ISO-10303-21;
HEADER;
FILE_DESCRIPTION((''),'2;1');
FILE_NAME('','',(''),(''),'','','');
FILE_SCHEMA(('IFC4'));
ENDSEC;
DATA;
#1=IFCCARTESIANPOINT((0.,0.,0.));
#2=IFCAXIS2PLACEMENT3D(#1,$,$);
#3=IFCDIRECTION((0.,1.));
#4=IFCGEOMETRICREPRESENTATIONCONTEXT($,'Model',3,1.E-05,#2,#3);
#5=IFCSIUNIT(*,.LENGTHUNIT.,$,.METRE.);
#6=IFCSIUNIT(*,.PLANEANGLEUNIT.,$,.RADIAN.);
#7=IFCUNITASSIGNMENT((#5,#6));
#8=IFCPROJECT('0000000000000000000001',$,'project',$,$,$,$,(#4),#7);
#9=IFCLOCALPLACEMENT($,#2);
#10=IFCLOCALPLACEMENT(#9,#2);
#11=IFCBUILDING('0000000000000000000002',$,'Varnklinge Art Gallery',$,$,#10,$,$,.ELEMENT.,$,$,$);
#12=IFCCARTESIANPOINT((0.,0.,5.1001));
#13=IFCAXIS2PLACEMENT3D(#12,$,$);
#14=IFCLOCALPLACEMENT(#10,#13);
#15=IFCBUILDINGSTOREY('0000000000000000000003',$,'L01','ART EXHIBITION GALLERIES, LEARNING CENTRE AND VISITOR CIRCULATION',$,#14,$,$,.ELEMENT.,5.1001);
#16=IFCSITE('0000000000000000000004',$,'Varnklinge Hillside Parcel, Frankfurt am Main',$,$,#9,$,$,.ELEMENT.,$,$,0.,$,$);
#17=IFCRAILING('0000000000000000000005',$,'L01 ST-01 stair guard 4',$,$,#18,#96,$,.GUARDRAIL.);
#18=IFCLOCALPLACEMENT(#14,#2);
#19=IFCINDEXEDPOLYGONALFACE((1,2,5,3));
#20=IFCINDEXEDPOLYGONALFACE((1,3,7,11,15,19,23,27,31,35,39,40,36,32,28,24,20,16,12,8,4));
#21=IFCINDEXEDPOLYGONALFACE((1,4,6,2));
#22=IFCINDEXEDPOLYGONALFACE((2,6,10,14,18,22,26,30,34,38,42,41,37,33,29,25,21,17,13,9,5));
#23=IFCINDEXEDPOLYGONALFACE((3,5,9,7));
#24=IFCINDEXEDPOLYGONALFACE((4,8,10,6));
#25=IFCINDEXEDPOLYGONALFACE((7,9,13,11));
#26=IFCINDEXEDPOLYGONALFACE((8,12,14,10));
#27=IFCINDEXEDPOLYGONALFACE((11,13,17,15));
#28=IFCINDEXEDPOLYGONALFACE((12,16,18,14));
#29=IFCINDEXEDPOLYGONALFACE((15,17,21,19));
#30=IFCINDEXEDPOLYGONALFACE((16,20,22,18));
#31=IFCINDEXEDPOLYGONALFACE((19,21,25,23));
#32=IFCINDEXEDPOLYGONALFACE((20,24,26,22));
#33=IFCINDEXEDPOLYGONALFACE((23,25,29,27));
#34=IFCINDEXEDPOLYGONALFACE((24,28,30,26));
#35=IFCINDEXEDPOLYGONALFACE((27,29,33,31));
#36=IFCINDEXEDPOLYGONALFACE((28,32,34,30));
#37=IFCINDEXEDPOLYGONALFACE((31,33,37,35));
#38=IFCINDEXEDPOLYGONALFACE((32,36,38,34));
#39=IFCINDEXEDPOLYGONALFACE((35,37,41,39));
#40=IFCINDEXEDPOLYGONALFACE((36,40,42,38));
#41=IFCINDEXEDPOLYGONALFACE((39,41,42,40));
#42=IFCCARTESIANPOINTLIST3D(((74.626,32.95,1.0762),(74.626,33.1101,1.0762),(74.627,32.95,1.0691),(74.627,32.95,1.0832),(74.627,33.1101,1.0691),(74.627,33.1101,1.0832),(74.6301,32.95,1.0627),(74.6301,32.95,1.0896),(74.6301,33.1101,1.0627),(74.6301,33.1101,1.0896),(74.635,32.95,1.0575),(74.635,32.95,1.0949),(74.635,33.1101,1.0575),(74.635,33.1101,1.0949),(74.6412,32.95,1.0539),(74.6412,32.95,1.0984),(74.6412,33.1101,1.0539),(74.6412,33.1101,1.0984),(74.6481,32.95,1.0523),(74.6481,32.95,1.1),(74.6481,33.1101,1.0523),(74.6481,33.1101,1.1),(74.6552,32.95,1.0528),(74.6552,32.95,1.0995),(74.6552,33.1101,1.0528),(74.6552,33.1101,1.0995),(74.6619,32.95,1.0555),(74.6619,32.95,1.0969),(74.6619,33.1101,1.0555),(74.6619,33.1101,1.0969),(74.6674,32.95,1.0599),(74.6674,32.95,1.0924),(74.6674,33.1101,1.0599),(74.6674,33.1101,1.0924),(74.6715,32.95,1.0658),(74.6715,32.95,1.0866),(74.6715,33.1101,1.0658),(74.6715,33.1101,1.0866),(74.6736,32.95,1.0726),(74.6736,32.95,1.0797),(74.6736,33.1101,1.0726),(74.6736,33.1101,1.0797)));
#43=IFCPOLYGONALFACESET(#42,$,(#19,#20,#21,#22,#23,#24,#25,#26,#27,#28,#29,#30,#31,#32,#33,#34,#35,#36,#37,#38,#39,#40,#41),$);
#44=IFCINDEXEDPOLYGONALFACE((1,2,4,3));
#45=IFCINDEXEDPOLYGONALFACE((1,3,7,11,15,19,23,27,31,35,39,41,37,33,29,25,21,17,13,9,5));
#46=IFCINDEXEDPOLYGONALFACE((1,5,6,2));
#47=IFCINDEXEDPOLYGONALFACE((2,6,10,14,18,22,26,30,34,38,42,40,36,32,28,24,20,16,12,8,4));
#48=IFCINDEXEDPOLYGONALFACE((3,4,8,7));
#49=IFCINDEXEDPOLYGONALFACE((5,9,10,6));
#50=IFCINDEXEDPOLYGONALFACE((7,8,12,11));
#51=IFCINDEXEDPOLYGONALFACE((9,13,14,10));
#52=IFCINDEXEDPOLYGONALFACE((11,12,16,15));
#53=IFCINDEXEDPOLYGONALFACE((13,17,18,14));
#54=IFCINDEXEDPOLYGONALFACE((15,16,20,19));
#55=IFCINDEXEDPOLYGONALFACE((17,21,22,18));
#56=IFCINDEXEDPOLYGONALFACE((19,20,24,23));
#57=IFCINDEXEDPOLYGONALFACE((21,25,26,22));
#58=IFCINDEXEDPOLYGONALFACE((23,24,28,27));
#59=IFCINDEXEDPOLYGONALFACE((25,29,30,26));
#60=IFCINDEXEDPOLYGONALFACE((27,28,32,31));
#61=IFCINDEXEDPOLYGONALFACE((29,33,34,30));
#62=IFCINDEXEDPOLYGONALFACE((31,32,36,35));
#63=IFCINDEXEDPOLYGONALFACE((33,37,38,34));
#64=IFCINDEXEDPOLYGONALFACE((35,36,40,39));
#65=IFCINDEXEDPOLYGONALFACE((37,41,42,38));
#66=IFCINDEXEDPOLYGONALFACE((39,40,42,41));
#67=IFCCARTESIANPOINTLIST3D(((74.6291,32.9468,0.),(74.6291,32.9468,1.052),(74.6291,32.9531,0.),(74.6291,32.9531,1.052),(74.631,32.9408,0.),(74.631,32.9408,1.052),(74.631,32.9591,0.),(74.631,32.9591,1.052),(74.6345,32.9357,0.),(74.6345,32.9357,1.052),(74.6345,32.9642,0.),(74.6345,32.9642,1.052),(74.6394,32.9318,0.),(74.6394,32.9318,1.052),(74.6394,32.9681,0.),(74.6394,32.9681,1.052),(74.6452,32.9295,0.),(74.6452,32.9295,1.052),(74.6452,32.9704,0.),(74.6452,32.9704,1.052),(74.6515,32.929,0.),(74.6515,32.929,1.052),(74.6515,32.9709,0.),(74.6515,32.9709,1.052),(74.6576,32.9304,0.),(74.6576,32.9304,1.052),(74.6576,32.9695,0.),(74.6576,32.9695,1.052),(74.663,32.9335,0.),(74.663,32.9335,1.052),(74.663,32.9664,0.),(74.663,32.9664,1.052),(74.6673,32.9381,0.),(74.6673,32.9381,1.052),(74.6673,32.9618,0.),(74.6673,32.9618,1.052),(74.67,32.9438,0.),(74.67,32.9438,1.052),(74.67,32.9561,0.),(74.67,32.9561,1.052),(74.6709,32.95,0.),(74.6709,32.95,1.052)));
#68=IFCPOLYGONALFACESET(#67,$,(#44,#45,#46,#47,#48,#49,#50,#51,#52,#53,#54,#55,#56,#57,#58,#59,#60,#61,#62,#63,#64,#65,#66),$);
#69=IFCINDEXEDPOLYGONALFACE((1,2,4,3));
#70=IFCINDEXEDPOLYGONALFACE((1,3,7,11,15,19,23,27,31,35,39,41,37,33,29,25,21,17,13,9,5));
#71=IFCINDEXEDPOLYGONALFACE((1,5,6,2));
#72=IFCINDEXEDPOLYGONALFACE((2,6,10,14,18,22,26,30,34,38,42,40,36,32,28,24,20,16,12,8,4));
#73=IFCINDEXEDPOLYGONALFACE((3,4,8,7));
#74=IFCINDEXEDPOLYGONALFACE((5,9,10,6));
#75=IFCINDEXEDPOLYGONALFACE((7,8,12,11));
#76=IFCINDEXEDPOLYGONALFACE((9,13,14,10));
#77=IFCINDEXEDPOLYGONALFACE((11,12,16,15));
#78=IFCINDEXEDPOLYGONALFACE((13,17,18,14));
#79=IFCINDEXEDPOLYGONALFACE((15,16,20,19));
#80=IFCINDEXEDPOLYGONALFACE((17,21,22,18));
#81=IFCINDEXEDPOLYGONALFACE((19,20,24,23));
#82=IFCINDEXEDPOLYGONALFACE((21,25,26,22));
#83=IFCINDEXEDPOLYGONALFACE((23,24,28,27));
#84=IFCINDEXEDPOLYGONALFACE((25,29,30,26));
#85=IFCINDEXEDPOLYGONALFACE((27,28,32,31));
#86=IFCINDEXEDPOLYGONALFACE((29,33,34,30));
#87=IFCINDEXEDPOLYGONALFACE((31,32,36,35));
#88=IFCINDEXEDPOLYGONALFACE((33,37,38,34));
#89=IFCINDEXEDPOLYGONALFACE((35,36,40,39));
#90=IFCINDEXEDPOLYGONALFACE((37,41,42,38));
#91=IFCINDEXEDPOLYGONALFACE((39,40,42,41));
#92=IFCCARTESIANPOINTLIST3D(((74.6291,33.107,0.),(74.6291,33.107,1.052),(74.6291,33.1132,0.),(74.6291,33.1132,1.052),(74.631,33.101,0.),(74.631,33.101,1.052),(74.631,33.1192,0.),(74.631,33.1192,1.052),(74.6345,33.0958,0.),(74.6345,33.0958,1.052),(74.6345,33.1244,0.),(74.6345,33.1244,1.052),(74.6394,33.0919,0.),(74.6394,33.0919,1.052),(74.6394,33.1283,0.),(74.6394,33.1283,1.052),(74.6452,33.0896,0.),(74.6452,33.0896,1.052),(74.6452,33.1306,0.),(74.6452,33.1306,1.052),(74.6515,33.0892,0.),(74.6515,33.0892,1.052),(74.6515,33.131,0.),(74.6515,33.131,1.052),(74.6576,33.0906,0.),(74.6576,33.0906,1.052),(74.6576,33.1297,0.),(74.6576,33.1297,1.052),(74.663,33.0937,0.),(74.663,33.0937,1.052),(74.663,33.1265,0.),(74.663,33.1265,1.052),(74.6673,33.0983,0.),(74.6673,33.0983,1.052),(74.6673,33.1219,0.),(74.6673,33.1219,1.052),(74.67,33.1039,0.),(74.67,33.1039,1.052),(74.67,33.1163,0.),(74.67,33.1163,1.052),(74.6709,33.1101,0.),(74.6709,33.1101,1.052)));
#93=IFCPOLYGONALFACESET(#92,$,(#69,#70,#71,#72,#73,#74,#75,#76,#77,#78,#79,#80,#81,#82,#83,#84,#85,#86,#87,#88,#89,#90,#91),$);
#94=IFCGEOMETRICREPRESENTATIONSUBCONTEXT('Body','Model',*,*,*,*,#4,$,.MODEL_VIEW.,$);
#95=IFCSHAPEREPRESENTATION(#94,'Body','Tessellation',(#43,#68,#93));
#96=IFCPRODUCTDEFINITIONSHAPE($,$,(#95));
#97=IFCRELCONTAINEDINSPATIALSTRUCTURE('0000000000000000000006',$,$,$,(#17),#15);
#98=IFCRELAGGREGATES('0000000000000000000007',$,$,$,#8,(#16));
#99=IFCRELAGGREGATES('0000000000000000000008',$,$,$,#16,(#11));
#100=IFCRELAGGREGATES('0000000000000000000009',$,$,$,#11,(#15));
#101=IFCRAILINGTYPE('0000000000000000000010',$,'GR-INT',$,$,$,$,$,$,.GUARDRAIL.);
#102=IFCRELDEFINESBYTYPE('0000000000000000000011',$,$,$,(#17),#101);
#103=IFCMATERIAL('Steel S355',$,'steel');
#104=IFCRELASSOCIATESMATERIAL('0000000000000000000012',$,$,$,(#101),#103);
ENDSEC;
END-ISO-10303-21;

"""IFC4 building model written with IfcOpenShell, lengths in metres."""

from ifc_helpers import new_model, si_unit, direction, frame, origin, origin_2d, place, context, subcontext, project, spatial, circle, extrude, material, type_object, element, save


model = new_model("IFC4")

# Units and contexts
model_context = context("Model", 3, precision=1e-05, world=origin(), true_north=direction((0.0, 1.0)))
body_context = subcontext(model_context, "Body", "Model", "MODEL_VIEW")
ifc_project = project(units=[si_unit("LENGTHUNIT", "METRE"), si_unit("PLANEANGLEUNIT", "RADIAN")], contexts=[model_context])

# Site, building, storey
site_placement = place(None, origin())
site = spatial("IfcSite", under=ifc_project, at=site_placement, Name="Varnklinge Hillside Parcel, Frankfurt am Main", CompositionType="ELEMENT", RefElevation=0.0)
building_placement = place(site_placement, origin())
building = spatial("IfcBuilding", under=site, at=building_placement, Name="Varnklinge Art Gallery", CompositionType="ELEMENT")
storey_placement = place(building_placement, frame((0.0, 0.0, 5.1001)))
storey = spatial("IfcBuildingStorey", under=building, at=storey_placement, Name="L01", Description="ART EXHIBITION GALLERIES, LEARNING CENTRE AND VISITOR CIRCULATION", CompositionType="ELEMENT", Elevation=5.1001)

# Railing
ifc_material_1 = material(Name="Steel S355", Category="steel")
railing_type_1 = type_object("IfcRailingType", Name="GR-INT", PredefinedType="GUARDRAIL", material=ifc_material_1)
railing_1_placement = place(storey_placement, frame((74.6499, 32.95, 0.0)))
element("IfcRailing", 1, at=railing_1_placement, inside=storey, type_object=railing_type_1, Name="L01 ST-01 stair guard 4", PredefinedType="GUARDRAIL", context=body_context, shape_type="SweptSolid", body=[
    extrude(circle(Radius=0.0239, at=origin_2d()), frame((0.0, 0.0, 1.0762), z_axis=(0.0, 1.0, 0.0), x_axis=(-1.0, 0.0, 0.0)), (0.0, 0.0, 1.0), 0.1602),
    extrude(circle(Radius=0.021, at=origin_2d()), origin(), (0.0, 0.0, 1.0), 1.052),
    extrude(circle(Radius=0.021, at=origin_2d()), frame((0.0, 0.1602, 0.0)), (0.0, 0.0, 1.0), 1.052),
])

save(model, "model.ifc")
